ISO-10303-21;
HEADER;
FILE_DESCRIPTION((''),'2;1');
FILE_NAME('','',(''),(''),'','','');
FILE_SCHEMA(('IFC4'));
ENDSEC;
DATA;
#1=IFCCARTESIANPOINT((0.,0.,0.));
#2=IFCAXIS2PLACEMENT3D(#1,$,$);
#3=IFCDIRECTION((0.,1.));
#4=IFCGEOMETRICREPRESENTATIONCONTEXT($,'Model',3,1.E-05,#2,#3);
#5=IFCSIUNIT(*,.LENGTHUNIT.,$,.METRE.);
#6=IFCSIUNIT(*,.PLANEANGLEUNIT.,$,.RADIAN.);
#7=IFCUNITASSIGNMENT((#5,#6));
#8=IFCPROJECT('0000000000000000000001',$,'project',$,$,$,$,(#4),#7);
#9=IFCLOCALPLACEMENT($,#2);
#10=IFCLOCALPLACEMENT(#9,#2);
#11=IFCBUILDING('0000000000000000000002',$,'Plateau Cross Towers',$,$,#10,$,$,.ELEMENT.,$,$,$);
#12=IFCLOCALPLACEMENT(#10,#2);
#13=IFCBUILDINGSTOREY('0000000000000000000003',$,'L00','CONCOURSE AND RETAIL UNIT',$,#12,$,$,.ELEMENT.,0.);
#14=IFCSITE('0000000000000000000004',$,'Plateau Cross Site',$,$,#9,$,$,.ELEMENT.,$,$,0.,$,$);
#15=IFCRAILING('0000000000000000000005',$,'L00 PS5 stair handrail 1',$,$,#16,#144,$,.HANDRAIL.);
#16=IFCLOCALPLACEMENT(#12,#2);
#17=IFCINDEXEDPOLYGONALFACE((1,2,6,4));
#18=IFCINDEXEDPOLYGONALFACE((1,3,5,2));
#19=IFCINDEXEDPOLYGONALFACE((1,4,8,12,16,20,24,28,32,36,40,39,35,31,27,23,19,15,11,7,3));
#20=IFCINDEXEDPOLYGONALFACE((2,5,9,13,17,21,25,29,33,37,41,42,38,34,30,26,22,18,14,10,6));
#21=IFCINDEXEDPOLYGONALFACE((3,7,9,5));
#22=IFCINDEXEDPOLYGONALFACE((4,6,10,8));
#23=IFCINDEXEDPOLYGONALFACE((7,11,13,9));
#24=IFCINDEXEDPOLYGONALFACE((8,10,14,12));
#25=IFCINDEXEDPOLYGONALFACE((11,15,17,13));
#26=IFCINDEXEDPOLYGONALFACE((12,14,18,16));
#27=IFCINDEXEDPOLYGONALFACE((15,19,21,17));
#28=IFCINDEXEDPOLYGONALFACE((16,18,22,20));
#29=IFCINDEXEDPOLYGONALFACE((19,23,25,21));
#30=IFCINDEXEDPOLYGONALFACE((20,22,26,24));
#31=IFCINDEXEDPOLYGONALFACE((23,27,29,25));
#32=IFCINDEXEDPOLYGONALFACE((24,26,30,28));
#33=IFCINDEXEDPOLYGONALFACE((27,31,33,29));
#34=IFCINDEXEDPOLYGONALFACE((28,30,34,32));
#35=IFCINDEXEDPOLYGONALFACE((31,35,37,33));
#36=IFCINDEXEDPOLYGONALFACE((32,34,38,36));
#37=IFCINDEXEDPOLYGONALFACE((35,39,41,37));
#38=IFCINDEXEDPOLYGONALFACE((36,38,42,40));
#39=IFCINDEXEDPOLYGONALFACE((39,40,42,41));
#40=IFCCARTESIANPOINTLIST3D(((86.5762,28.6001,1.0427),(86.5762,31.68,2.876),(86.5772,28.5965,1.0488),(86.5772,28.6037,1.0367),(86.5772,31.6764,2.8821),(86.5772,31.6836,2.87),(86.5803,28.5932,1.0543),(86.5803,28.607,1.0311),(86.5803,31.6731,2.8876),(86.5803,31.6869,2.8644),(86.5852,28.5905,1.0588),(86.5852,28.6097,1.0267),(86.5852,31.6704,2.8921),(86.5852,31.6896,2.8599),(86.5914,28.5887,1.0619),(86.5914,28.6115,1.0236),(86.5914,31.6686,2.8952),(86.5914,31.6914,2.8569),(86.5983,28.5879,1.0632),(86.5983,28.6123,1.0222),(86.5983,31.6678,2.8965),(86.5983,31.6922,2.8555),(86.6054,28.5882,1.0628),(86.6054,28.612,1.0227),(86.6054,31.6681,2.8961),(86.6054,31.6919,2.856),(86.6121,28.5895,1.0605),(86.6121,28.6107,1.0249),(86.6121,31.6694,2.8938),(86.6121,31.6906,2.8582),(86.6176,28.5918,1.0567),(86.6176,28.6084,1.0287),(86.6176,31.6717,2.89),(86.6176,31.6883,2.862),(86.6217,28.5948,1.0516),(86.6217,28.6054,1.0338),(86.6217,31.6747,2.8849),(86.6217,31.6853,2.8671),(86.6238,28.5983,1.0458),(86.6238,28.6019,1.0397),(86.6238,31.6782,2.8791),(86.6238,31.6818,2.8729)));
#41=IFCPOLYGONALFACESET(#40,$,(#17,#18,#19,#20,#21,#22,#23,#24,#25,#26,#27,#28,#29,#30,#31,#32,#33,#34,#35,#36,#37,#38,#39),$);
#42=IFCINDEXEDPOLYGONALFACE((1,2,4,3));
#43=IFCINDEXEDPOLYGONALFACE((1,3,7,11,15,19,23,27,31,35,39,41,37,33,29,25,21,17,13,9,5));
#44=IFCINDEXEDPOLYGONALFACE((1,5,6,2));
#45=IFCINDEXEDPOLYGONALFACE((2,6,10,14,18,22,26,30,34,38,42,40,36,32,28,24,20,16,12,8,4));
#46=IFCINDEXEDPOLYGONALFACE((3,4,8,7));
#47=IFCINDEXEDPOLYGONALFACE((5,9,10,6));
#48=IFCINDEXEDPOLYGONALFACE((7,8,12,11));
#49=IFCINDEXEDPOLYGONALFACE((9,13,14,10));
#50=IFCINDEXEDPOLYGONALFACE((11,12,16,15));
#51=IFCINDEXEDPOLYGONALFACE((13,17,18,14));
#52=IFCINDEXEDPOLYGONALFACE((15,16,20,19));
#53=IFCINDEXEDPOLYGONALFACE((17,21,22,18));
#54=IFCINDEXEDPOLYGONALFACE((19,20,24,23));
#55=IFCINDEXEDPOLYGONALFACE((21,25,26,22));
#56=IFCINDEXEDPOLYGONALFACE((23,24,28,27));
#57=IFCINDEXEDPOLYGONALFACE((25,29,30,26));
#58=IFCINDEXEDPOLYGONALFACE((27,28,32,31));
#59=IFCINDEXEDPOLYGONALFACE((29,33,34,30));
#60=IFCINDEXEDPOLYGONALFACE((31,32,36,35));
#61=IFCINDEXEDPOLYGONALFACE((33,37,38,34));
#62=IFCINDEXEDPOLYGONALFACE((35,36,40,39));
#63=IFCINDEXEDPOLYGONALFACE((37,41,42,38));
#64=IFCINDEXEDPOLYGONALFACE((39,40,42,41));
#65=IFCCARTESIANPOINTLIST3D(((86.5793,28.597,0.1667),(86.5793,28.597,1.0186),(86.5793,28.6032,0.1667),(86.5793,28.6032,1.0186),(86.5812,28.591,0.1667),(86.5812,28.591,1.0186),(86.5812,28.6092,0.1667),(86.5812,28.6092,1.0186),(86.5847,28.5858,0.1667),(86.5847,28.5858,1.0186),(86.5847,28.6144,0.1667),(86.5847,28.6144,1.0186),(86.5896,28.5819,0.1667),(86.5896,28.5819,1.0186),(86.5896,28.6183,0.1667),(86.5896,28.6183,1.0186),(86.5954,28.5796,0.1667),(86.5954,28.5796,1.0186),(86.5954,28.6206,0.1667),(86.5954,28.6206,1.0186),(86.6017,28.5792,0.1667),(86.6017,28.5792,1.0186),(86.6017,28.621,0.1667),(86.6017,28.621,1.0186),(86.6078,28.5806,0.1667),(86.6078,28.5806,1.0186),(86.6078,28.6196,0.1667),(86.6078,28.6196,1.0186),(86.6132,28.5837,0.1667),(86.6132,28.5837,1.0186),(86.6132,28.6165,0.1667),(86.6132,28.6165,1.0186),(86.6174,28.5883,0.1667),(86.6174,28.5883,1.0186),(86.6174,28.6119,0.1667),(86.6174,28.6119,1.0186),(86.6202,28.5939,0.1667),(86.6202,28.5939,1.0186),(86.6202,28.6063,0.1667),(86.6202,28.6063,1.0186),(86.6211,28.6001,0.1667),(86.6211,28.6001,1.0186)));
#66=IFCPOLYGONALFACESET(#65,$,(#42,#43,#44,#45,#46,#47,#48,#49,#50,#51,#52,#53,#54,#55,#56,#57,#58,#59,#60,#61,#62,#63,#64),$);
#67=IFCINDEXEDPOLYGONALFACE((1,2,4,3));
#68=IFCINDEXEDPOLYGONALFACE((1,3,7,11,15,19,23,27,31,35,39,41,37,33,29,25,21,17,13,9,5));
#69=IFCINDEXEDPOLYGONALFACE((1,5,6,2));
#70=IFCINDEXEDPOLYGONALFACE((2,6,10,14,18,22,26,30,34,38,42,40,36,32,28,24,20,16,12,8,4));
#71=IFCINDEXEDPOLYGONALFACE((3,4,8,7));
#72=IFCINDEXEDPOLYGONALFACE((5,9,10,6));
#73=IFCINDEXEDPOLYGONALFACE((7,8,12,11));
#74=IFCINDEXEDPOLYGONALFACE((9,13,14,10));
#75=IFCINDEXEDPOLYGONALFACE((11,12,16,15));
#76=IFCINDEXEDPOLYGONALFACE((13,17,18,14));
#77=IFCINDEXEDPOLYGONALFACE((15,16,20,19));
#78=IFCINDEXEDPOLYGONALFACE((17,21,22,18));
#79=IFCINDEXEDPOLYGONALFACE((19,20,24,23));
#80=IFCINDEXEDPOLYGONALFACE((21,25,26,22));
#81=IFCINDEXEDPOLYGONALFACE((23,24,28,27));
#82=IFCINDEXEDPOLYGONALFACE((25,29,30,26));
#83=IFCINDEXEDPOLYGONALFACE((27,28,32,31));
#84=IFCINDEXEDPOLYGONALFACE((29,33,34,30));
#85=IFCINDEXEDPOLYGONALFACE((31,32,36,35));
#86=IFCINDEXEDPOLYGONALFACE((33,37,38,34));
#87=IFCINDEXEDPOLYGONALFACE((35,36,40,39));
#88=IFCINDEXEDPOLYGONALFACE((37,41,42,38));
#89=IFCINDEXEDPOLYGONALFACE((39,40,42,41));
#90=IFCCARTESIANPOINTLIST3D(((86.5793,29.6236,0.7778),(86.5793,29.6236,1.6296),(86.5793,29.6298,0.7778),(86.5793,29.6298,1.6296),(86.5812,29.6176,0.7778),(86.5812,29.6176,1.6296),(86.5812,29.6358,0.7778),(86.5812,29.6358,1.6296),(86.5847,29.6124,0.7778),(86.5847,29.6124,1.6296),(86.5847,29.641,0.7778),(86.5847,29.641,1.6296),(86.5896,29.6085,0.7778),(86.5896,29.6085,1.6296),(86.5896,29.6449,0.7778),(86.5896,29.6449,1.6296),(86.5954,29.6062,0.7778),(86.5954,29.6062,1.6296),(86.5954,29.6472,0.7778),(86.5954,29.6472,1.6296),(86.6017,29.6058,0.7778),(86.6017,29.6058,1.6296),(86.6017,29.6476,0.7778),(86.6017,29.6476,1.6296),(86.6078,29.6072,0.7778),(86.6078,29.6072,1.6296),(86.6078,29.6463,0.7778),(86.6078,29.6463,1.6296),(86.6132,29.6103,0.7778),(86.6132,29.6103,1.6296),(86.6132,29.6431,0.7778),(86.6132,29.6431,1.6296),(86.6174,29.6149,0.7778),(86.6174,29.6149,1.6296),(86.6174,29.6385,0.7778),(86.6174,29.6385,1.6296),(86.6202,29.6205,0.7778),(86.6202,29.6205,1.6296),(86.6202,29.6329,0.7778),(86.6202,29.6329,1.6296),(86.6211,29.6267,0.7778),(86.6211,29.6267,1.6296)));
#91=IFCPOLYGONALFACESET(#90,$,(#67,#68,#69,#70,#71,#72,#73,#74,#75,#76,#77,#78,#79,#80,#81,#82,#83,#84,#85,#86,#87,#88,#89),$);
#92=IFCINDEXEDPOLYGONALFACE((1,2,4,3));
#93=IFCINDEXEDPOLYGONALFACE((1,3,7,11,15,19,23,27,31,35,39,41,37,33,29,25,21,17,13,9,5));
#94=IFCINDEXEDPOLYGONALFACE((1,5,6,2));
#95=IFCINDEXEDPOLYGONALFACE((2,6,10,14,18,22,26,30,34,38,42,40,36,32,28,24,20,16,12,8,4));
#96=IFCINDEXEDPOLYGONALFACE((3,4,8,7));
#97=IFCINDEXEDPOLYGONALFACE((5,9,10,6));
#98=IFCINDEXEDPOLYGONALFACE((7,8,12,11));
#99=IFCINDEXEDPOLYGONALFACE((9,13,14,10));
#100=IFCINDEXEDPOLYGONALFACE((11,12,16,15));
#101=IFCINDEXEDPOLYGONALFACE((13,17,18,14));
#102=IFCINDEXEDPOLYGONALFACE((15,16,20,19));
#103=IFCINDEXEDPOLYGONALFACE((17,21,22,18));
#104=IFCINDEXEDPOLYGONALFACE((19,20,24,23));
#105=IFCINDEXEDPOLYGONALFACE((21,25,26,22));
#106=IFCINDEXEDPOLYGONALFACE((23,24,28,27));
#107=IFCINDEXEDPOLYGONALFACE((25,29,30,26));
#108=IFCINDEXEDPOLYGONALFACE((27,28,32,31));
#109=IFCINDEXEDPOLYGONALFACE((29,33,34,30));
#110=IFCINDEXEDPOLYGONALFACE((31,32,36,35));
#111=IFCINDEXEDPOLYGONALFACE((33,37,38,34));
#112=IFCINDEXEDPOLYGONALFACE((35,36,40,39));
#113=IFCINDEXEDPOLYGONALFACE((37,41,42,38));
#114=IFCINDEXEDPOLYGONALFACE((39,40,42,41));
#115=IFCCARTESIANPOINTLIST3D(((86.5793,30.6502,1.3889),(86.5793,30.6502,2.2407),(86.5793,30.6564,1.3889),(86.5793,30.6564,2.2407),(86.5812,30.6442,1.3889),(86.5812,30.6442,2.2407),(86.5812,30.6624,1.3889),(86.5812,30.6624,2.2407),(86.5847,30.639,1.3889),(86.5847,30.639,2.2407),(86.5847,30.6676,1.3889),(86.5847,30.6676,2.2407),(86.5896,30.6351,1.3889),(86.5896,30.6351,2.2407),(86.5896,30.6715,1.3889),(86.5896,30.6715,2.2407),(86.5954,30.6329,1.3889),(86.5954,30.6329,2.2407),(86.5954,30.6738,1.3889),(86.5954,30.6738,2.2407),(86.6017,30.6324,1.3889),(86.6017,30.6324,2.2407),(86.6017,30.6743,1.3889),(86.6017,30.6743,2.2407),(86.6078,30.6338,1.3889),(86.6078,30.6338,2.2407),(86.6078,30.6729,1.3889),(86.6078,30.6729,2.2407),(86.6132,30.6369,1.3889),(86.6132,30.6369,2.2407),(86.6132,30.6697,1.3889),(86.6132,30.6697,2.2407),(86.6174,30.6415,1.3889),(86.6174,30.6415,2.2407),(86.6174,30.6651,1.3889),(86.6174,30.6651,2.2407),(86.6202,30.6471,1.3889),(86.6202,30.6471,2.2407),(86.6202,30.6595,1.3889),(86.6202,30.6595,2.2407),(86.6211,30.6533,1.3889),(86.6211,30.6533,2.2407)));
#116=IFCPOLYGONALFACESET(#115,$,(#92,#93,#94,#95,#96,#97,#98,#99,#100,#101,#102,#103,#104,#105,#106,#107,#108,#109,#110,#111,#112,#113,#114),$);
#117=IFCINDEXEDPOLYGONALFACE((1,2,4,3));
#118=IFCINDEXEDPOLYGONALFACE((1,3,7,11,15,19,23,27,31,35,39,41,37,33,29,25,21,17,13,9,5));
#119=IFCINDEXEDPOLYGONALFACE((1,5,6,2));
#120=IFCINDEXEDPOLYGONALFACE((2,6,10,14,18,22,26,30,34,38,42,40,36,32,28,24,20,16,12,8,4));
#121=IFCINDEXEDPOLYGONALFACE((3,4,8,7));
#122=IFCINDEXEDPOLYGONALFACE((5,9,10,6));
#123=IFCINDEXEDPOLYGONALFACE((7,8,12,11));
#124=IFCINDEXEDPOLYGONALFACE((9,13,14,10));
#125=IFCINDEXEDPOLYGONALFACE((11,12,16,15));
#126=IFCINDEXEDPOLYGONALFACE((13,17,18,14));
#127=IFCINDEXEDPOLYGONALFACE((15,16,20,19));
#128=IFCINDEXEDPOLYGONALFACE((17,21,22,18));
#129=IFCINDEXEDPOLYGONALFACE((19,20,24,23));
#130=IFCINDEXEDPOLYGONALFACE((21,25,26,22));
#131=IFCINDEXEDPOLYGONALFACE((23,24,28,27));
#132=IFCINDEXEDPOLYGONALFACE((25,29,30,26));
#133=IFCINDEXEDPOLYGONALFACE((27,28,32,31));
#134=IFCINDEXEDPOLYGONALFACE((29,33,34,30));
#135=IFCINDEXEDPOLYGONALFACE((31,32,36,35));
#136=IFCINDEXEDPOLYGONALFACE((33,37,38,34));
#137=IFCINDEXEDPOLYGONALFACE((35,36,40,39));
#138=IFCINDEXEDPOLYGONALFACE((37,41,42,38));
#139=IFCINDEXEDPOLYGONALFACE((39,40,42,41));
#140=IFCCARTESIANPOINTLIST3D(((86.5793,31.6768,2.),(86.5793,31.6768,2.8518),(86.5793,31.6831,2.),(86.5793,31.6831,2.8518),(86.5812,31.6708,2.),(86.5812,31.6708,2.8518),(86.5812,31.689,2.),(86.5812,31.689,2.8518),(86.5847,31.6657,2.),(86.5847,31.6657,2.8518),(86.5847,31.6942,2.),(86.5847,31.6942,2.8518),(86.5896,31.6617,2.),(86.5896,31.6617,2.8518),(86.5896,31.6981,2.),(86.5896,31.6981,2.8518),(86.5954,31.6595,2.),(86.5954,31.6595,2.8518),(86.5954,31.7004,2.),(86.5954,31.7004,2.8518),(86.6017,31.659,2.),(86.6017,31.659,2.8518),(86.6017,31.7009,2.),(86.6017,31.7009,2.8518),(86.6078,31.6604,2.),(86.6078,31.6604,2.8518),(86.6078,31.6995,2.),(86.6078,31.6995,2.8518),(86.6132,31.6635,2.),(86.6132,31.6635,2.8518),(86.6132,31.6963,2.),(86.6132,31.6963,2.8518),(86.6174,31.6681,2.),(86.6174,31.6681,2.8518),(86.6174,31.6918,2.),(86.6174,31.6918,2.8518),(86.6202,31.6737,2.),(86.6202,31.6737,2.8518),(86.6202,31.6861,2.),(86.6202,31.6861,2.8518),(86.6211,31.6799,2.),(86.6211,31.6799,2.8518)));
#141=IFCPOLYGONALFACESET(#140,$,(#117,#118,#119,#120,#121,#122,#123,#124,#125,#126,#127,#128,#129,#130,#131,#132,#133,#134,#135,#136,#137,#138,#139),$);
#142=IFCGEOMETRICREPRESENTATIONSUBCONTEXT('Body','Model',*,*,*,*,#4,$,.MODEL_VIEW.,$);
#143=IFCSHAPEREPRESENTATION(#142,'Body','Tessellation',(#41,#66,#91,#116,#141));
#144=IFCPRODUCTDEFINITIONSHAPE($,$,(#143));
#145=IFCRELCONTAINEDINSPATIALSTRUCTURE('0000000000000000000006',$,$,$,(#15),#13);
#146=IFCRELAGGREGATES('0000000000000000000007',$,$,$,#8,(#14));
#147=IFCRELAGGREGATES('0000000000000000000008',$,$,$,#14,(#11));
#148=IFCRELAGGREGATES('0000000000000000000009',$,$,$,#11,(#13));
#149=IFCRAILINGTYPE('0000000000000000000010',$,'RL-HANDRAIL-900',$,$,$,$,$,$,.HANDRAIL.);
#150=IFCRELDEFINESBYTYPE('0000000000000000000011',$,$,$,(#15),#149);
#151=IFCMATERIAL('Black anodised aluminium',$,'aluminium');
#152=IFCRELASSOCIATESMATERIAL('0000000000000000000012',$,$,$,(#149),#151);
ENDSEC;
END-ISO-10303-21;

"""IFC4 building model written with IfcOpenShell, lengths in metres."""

from ifc_helpers import new_model, si_unit, direction, frame, origin, origin_2d, place, context, subcontext, project, spatial, circle, extrude, material, type_object, element, save


model = new_model("IFC4")

# Units and contexts
model_context = context("Model", 3, precision=1e-05, world=origin(), true_north=direction((0.0, 1.0)))
body_context = subcontext(model_context, "Body", "Model", "MODEL_VIEW")
ifc_project = project(units=[si_unit("LENGTHUNIT", "METRE"), si_unit("PLANEANGLEUNIT", "RADIAN")], contexts=[model_context])

# Site, building, storey
site_placement = place(None, origin())
site = spatial("IfcSite", under=ifc_project, at=site_placement, Name="Plateau Cross Site", CompositionType="ELEMENT", RefElevation=0.0)
building_placement = place(site_placement, origin())
building = spatial("IfcBuilding", under=site, at=building_placement, Name="Plateau Cross Towers", CompositionType="ELEMENT")
storey_placement = place(building_placement, origin())
storey = spatial("IfcBuildingStorey", under=building, at=storey_placement, Name="L00", Description="CONCOURSE AND RETAIL UNIT", CompositionType="ELEMENT", Elevation=0.0)

# Railing
ifc_material_1 = material(Name="Black anodised aluminium", Category="aluminium")
railing_type_1 = type_object("IfcRailingType", Name="RL-HANDRAIL-900", PredefinedType="HANDRAIL", material=ifc_material_1)
for number, where, name in (
    (1, (86.6001, 28.6001, 0.1667), "L00 PS5 stair handrail 1"),
):
    element("IfcRailing", number, at=place(storey_placement, frame(where)), inside=storey, type_object=railing_type_1, Name=name, PredefinedType="HANDRAIL", context=body_context, shape_type="SweptSolid", body=[
        extrude(circle(Radius=0.0239, at=origin_2d()), frame((0.0, 0.0, 0.876), z_axis=(0.0, 0.859291, 0.511487), x_axis=(-1.0, 0.0, 0.0)), (0.0, 0.0, 1.0), 3.5842),
        extrude(circle(Radius=0.021, at=origin_2d()), origin(), (0.0, 0.0, 1.0), 0.8518),
        extrude(circle(Radius=0.021, at=origin_2d()), frame((0.0, 1.0266, 0.6111)), (0.0, 0.0, 1.0), 0.8518),
        extrude(circle(Radius=0.021, at=origin_2d()), frame((0.0, 2.0532, 1.2222)), (0.0, 0.0, 1.0), 0.8518),
        extrude(circle(Radius=0.021, at=origin_2d()), frame((0.0, 3.0798, 1.8333)), (0.0, 0.0, 1.0), 0.8518),
    ])

save(model, "model.ifc")
